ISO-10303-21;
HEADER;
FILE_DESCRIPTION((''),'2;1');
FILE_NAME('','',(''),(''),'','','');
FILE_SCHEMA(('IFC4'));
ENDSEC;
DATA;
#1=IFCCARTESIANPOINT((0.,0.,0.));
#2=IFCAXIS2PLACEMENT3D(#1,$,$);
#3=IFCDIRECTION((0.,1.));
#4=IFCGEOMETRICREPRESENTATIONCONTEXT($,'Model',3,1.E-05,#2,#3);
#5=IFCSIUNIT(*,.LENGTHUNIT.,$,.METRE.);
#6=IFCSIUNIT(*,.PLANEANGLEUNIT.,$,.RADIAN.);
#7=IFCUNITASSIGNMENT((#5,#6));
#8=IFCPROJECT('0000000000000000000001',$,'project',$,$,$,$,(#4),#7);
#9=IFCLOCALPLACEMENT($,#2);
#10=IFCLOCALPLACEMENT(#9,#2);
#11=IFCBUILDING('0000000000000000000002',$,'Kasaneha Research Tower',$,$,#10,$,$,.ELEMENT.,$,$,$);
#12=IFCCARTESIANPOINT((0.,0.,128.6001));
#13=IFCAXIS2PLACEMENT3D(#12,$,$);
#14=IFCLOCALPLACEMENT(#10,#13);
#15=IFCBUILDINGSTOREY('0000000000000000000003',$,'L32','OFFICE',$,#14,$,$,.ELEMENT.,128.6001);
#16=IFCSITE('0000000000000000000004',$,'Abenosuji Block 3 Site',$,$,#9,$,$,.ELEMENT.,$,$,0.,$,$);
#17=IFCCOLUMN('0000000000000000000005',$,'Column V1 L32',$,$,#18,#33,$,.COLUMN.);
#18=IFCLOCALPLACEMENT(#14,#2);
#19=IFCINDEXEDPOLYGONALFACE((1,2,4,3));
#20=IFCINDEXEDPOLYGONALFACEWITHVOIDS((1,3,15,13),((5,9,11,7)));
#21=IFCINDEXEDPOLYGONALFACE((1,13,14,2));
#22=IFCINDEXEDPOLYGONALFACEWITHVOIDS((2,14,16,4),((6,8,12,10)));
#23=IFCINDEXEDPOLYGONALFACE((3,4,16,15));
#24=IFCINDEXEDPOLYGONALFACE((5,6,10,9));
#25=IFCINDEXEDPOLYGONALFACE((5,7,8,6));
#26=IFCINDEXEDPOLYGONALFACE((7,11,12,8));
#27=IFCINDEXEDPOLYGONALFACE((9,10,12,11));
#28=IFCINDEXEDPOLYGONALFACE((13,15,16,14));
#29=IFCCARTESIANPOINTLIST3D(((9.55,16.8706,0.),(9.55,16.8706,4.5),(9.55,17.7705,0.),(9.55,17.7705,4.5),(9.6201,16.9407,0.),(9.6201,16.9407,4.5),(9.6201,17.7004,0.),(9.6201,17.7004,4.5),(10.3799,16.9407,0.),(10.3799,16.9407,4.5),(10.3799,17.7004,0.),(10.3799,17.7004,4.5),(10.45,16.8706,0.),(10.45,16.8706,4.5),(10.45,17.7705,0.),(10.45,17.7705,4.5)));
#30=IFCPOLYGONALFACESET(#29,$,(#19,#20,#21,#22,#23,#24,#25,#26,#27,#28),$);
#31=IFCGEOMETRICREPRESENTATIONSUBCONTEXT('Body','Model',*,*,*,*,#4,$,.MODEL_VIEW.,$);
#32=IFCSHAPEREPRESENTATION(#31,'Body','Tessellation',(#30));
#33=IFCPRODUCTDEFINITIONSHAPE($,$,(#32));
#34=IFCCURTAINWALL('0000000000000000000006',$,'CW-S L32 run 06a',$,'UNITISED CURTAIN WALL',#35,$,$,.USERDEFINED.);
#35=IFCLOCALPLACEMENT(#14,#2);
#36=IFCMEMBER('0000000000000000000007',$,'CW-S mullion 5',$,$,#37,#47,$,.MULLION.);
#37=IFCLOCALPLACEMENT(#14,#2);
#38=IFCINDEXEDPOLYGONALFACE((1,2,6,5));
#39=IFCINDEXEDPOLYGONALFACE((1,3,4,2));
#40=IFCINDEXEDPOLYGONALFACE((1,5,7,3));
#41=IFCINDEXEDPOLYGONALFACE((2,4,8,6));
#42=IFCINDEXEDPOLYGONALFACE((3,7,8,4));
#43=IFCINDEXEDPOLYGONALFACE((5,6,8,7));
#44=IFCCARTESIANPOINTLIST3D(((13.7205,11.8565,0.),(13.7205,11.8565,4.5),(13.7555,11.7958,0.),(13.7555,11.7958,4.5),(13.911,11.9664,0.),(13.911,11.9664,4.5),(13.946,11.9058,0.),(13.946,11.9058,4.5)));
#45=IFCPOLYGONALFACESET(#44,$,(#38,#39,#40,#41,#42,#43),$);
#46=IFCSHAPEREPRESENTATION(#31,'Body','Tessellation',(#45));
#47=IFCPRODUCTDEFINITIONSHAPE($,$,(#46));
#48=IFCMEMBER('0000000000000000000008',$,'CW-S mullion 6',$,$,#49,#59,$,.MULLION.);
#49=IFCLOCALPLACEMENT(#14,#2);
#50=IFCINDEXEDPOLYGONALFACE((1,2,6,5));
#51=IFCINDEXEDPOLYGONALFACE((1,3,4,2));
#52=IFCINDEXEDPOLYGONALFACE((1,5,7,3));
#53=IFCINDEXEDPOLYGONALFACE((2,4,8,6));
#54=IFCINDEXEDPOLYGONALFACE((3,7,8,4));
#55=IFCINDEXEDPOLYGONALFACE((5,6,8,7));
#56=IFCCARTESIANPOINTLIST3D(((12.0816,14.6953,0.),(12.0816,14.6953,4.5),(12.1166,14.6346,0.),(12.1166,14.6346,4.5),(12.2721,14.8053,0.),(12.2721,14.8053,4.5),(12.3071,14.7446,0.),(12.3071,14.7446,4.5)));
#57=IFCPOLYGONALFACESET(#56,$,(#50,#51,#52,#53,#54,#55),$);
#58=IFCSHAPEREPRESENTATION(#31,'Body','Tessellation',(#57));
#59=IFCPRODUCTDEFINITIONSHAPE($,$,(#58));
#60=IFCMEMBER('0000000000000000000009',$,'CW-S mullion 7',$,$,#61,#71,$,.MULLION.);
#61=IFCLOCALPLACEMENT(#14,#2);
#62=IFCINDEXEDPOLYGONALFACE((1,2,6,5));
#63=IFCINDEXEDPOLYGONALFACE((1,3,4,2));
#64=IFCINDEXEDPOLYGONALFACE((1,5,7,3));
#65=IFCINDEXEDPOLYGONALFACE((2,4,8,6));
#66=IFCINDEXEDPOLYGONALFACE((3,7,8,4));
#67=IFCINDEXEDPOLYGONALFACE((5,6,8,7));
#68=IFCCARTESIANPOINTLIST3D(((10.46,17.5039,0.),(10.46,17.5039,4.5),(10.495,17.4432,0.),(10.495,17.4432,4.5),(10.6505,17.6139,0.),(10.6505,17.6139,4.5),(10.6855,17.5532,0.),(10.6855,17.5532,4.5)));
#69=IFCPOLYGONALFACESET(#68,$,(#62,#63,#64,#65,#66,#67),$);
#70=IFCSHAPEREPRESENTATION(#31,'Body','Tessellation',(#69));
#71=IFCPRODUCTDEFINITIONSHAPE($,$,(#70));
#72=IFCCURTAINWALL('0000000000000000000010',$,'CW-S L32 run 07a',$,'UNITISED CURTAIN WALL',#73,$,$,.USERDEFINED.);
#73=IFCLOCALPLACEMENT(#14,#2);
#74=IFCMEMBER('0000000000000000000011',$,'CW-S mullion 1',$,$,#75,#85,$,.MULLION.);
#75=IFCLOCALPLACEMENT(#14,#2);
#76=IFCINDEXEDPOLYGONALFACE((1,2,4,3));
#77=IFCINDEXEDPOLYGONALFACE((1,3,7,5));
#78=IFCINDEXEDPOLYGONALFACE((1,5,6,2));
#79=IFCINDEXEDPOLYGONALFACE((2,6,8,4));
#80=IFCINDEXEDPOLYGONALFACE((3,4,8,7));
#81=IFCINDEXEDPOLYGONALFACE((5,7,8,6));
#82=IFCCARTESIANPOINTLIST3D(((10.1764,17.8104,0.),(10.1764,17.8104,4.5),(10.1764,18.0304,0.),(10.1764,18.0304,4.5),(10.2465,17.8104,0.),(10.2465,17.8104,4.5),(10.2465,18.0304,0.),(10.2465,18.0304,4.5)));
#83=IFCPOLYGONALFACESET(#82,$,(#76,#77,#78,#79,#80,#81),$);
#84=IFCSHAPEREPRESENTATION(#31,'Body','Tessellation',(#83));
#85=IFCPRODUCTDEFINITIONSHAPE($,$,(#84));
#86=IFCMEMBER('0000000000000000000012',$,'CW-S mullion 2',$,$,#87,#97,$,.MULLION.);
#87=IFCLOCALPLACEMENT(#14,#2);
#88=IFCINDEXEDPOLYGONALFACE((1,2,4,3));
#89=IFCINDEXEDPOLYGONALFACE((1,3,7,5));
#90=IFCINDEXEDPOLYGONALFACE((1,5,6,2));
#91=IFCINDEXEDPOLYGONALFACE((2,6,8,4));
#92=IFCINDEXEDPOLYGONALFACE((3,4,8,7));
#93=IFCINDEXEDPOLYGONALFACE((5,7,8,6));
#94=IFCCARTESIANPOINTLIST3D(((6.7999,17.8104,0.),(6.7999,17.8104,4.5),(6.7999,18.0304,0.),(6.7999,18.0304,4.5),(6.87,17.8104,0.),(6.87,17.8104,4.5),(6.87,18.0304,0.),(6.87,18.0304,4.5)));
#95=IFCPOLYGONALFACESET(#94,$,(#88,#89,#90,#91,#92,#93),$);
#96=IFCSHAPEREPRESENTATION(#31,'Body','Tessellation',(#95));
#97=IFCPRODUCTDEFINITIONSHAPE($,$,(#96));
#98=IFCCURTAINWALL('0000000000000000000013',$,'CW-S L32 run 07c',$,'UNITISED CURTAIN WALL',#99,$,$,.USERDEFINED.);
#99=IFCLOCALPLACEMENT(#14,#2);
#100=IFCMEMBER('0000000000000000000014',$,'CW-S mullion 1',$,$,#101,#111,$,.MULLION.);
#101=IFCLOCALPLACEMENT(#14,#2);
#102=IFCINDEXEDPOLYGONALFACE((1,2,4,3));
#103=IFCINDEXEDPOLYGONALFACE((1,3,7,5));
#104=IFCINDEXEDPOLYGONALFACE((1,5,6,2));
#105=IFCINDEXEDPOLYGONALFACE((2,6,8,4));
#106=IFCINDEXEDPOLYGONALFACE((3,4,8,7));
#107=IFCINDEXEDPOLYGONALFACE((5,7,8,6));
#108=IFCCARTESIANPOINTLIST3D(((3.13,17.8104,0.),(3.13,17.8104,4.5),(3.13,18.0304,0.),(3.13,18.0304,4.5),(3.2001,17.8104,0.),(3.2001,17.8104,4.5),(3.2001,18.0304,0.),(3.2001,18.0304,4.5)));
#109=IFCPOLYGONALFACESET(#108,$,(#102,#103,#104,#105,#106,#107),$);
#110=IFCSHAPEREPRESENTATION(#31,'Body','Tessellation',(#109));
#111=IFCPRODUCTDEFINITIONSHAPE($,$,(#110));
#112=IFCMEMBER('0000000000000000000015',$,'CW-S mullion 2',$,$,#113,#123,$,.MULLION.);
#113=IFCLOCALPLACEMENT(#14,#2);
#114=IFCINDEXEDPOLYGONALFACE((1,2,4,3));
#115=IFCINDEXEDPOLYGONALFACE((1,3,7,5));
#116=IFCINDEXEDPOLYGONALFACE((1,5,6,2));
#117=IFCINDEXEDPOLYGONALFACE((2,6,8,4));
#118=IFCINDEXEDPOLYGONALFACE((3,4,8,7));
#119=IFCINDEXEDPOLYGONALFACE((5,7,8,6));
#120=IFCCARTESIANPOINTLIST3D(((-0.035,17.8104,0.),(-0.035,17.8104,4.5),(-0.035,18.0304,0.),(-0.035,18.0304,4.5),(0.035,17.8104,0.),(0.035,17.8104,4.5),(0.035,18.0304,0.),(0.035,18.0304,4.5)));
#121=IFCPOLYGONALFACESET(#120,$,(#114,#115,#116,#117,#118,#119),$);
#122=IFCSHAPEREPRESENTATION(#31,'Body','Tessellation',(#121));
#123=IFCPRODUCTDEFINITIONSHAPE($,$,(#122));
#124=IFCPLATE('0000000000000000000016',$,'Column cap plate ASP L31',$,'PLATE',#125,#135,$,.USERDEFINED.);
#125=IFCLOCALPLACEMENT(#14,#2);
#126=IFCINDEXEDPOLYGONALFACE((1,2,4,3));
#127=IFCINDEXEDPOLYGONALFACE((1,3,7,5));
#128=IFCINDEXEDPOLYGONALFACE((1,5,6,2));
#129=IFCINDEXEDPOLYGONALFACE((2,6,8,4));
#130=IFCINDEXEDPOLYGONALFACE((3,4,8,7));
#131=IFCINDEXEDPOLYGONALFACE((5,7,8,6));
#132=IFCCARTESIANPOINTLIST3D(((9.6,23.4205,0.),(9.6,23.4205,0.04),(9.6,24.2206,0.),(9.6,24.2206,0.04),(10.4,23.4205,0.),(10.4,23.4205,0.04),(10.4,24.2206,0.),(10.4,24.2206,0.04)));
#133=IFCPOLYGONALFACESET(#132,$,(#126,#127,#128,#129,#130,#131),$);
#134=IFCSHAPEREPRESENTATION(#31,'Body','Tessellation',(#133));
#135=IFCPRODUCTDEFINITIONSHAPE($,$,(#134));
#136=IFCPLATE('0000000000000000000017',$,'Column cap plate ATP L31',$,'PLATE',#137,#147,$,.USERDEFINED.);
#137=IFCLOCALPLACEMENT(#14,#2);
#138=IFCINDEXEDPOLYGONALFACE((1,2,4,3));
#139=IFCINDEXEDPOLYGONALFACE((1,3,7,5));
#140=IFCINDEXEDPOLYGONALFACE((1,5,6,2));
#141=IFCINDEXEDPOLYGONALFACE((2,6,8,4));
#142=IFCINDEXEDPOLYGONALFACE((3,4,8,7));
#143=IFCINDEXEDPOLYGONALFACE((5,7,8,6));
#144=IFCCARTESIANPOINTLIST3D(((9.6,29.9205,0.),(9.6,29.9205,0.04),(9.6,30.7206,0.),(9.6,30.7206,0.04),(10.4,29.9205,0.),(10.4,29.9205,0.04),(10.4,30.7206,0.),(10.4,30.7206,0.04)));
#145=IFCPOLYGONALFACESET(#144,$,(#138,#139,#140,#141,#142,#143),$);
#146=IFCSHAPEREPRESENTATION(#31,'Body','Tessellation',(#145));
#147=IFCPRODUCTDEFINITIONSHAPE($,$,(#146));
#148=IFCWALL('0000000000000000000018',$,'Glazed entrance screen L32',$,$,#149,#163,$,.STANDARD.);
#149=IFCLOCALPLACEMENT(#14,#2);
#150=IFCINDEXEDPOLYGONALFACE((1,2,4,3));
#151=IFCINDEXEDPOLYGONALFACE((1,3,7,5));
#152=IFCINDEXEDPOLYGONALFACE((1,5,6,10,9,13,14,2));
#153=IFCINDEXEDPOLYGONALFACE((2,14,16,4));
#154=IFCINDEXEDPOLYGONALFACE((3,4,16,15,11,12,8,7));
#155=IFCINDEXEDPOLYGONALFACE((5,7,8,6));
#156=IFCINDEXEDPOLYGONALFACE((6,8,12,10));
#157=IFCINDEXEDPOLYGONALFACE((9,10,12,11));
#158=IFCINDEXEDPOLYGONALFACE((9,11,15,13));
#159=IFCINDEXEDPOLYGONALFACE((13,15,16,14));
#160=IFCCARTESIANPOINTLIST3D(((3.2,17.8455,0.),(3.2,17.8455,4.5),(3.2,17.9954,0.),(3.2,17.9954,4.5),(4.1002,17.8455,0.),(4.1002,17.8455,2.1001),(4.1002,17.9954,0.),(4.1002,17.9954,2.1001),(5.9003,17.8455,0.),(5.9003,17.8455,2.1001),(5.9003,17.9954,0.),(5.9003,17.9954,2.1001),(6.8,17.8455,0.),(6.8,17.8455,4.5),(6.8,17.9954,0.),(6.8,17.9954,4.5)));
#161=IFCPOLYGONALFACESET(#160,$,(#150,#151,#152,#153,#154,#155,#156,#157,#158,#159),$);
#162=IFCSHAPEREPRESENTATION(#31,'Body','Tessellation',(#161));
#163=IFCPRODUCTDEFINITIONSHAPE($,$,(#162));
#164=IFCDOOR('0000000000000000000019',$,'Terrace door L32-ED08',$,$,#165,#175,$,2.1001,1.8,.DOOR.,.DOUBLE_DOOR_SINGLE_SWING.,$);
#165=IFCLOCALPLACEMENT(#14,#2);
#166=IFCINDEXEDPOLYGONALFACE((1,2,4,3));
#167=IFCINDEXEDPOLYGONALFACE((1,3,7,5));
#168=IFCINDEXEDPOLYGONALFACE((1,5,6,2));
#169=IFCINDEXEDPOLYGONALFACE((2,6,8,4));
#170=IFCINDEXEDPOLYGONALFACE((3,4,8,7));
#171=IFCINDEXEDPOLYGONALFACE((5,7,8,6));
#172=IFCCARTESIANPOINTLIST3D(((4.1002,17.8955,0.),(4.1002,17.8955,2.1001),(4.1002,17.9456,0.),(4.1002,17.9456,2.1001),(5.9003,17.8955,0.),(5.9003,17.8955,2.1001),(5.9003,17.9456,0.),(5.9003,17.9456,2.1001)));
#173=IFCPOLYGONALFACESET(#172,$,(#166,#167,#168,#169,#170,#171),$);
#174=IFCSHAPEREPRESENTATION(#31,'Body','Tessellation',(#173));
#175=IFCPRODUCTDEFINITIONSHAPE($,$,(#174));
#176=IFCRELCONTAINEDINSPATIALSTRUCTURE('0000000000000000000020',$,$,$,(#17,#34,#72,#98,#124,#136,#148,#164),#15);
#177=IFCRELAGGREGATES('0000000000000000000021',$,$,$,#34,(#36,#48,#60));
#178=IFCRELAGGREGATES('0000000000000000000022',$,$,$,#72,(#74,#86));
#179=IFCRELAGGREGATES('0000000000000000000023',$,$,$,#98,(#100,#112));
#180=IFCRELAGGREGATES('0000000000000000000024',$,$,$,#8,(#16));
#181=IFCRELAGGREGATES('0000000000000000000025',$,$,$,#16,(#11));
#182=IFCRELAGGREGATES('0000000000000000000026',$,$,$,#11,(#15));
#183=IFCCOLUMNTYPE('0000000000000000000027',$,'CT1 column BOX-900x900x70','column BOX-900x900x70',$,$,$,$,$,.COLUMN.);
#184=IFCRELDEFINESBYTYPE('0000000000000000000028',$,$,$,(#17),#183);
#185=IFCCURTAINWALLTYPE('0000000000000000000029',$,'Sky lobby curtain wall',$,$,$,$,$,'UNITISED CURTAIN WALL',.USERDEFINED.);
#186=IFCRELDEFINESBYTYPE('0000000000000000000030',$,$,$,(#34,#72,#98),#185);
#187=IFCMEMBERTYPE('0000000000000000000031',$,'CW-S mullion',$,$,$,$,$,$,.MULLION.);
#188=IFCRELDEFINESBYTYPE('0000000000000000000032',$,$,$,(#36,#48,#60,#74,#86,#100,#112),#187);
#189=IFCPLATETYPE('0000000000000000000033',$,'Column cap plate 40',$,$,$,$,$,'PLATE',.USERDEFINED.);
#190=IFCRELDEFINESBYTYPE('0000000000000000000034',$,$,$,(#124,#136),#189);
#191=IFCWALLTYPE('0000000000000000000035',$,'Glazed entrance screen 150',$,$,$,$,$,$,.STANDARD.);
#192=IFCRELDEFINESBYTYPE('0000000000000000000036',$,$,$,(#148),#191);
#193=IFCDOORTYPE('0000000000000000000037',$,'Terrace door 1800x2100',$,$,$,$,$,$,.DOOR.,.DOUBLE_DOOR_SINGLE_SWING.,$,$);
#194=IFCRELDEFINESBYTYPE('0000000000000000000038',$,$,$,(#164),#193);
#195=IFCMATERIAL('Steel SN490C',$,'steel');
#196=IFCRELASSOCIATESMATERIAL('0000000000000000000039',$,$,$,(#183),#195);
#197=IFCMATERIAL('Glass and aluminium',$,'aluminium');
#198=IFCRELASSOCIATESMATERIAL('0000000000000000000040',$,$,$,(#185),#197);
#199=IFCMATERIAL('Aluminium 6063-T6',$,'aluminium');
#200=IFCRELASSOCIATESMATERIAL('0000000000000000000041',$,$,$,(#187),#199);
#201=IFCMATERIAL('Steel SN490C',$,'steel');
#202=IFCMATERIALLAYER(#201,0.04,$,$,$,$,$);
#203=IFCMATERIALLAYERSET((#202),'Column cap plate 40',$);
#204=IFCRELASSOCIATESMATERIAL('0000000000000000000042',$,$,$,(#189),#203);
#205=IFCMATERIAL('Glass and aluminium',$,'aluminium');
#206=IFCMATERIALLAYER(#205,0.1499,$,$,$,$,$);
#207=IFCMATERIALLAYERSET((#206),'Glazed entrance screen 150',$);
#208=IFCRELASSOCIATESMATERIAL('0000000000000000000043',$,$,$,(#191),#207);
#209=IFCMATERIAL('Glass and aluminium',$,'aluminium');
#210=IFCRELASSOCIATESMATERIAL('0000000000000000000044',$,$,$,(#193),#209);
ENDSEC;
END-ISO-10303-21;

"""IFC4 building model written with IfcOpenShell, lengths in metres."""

from ifc_helpers import new_model, si_unit, direction, frame, frame_2d, origin, origin_2d, place, context, subcontext, project, spatial, rectangle, hollow_rectangle, extrude, material, layer, layer_set, material_profile, profile_set, type_object, element, fill, aggregate, save


model = new_model("IFC4")

# Units and contexts
model_context = context("Model", 3, precision=1e-05, world=origin(), true_north=direction((0.0, 1.0)))
body_context = subcontext(model_context, "Body", "Model", "MODEL_VIEW")
ifc_project = project(units=[si_unit("LENGTHUNIT", "METRE"), si_unit("PLANEANGLEUNIT", "RADIAN")], contexts=[model_context])

# Site, building, storey
site_placement = place(None, origin())
site = spatial("IfcSite", under=ifc_project, at=site_placement, Name="Abenosuji Block 3 Site", CompositionType="ELEMENT", RefElevation=0.0)
building_placement = place(site_placement, origin())
building = spatial("IfcBuilding", under=site, at=building_placement, Name="Kasaneha Research Tower", CompositionType="ELEMENT")
storey_placement = place(building_placement, frame((0.0, 0.0, 128.6001)))
storey = spatial("IfcBuildingStorey", under=building, at=storey_placement, Name="L32", Description="OFFICE", CompositionType="ELEMENT", Elevation=128.6001)

# Column
ifc_material_1 = material(Name="Steel SN490C", Category="steel")
ifc_material_profile_1 = material_profile(ifc_material_1, hollow_rectangle(XDim=0.8999, YDim=0.8999, WallThickness=0.0701, at=origin_2d()), Name="BOX-900x900x70")
ifc_profile_set_1 = profile_set([ifc_material_profile_1], Name="Steel SN490C")
column_type = type_object("IfcColumnType", Name="CT1 column BOX-900x900x70", Description="column BOX-900x900x70", PredefinedType="COLUMN", material=ifc_profile_set_1)
column_placement = place(storey_placement, frame((10.0, 17.3206, 0.0), z_axis=(0.0, 0.0, 1.0), x_axis=(1.0, 0.0, 0.0)))
element("IfcColumn", 1, at=column_placement, inside=storey, type_object=column_type, Name="Column V1 L32", PredefinedType="COLUMN", context=body_context, shape_type="SweptSolid", body=[
    extrude(hollow_rectangle(XDim=0.8999, YDim=0.8999, WallThickness=0.0701, at=origin_2d()), origin(), (0.0, 0.0, 1.0), 4.5),
])

# Curtain walls, members
ifc_material_2 = material(Name="Glass and aluminium", Category="aluminium")
curtain_wall_type = type_object("IfcCurtainWallType", Name="Sky lobby curtain wall", ElementType="UNITISED CURTAIN WALL", PredefinedType="USERDEFINED", material=ifc_material_2)
curtain_wall_1_placement = place(storey_placement, origin())
curtain_wall_1 = element("IfcCurtainWall", 2, at=curtain_wall_1_placement, inside=storey, type_object=curtain_wall_type, Name="CW-S L32 run 06a", ObjectType="UNITISED CURTAIN WALL", PredefinedType="USERDEFINED")
ifc_material_3 = material(Name="Aluminium 6063-T6", Category="aluminium")
ifc_material_profile_2 = material_profile(ifc_material_3, rectangle(XDim=0.0701, YDim=0.22, at=origin_2d()), Name="CW-S mullion 70x220")
ifc_profile_set_2 = profile_set([ifc_material_profile_2], Name="Aluminium 6063-T6")
member_type = type_object("IfcMemberType", Name="CW-S mullion", PredefinedType="MULLION", material=ifc_profile_set_2)
member_1_placement = place(storey_placement, frame((13.8333, 11.8811, 0.0), z_axis=(0.0, 0.0, 1.0), x_axis=(-0.5, 0.866025, 0.0)))
member_1 = element("IfcMember", 3, at=member_1_placement, type_object=member_type, Name="CW-S mullion 5", PredefinedType="MULLION", context=body_context, shape_type="SweptSolid", body=[
    extrude(rectangle(XDim=0.0701, YDim=0.22, at=origin_2d()), origin(), (0.0, 0.0, 1.0), 4.5),
])
member_2_placement = place(storey_placement, frame((12.1943, 14.72, 0.0), z_axis=(0.0, 0.0, 1.0), x_axis=(-0.5, 0.866025, 0.0)))
member_2 = element("IfcMember", 4, at=member_2_placement, type_object=member_type, Name="CW-S mullion 6", PredefinedType="MULLION", context=body_context, shape_type="SweptSolid", body=[
    extrude(rectangle(XDim=0.0701, YDim=0.22, at=origin_2d()), origin(), (0.0, 0.0, 1.0), 4.5),
])
member_3_placement = place(storey_placement, frame((10.5728, 17.5286, 0.0), z_axis=(0.0, 0.0, 1.0), x_axis=(-0.5, 0.866025, 0.0)))
member_3 = element("IfcMember", 5, at=member_3_placement, type_object=member_type, Name="CW-S mullion 7", PredefinedType="MULLION", context=body_context, shape_type="SweptSolid", body=[
    extrude(rectangle(XDim=0.0701, YDim=0.22, at=origin_2d()), origin(), (0.0, 0.0, 1.0), 4.5),
])
aggregate(curtain_wall_1, [member_1, member_2, member_3])
curtain_wall_2_placement = place(storey_placement, origin())
curtain_wall_2 = element("IfcCurtainWall", 6, at=curtain_wall_2_placement, inside=storey, type_object=curtain_wall_type, Name="CW-S L32 run 07a", ObjectType="UNITISED CURTAIN WALL", PredefinedType="USERDEFINED")
member_4_placement = place(storey_placement, frame((10.2114, 17.9204, 0.0), z_axis=(0.0, 0.0, 1.0), x_axis=(-1.0, 0.0, 0.0)))
member_4 = element("IfcMember", 7, at=member_4_placement, type_object=member_type, Name="CW-S mullion 1", PredefinedType="MULLION", context=body_context, shape_type="SweptSolid", body=[
    extrude(rectangle(XDim=0.0701, YDim=0.22, at=origin_2d()), origin(), (0.0, 0.0, 1.0), 4.5),
])
member_5_placement = place(storey_placement, frame((6.835, 17.9204, 0.0), z_axis=(0.0, 0.0, 1.0), x_axis=(-1.0, 0.0, 0.0)))
member_5 = element("IfcMember", 8, at=member_5_placement, type_object=member_type, Name="CW-S mullion 2", PredefinedType="MULLION", context=body_context, shape_type="SweptSolid", body=[
    extrude(rectangle(XDim=0.0701, YDim=0.22, at=origin_2d()), origin(), (0.0, 0.0, 1.0), 4.5),
])
aggregate(curtain_wall_2, [member_4, member_5])
curtain_wall_3_placement = place(storey_placement, origin())
curtain_wall_3 = element("IfcCurtainWall", 9, at=curtain_wall_3_placement, inside=storey, type_object=curtain_wall_type, Name="CW-S L32 run 07c", ObjectType="UNITISED CURTAIN WALL", PredefinedType="USERDEFINED")
member_6_placement = place(storey_placement, frame((3.165, 17.9204, 0.0), z_axis=(0.0, 0.0, 1.0), x_axis=(-1.0, 0.0, 0.0)))
member_6 = element("IfcMember", 10, at=member_6_placement, type_object=member_type, Name="CW-S mullion 1", PredefinedType="MULLION", context=body_context, shape_type="SweptSolid", body=[
    extrude(rectangle(XDim=0.0701, YDim=0.22, at=origin_2d()), origin(), (0.0, 0.0, 1.0), 4.5),
])
member_7_placement = place(storey_placement, frame((0.0, 17.9204, 0.0), z_axis=(0.0, 0.0, 1.0), x_axis=(-1.0, 0.0, 0.0)))
member_7 = element("IfcMember", 11, at=member_7_placement, type_object=member_type, Name="CW-S mullion 2", PredefinedType="MULLION", context=body_context, shape_type="SweptSolid", body=[
    extrude(rectangle(XDim=0.0701, YDim=0.22, at=origin_2d()), origin(), (0.0, 0.0, 1.0), 4.5),
])
aggregate(curtain_wall_3, [member_6, member_7])

# Plates
ifc_material_4 = material(Name="Steel SN490C", Category="steel")
ifc_layer_1 = layer(ifc_material_4, 0.04)
ifc_layer_set_1 = layer_set([ifc_layer_1], Name="Column cap plate 40")
plate_type = type_object("IfcPlateType", Name="Column cap plate 40", ElementType="PLATE", PredefinedType="USERDEFINED", material=ifc_layer_set_1)
for number, where, z_axis, x_axis, name in (
    (12, (10.0, 23.8206, 0.0), (0.0, 0.0, 1.0), (1.0, 0.0, 0.0), "Column cap plate ASP L31"),
    (13, (10.0, 30.3206, 0.0), (0.0, 0.0, 1.0), (1.0, 0.0, 0.0), "Column cap plate ATP L31"),
):
    element("IfcPlate", number, at=place(storey_placement, frame(where, z_axis=z_axis, x_axis=x_axis)), inside=storey, type_object=plate_type, Name=name, ObjectType="PLATE", PredefinedType="USERDEFINED", context=body_context, shape_type="SweptSolid", body=[
        extrude(rectangle(XDim=0.8, YDim=0.8, at=origin_2d()), origin(), (0.0, 0.0, 1.0), 0.04),
    ])

# Wall, opening, door
ifc_material_5 = material(Name="Glass and aluminium", Category="aluminium")
ifc_layer_2 = layer(ifc_material_5, 0.1499)
ifc_layer_set_2 = layer_set([ifc_layer_2], Name="Glazed entrance screen 150")
wall_type = type_object("IfcWallType", Name="Glazed entrance screen 150", PredefinedType="STANDARD", material=ifc_layer_set_2)
wall_placement = place(storey_placement, frame((6.8, 17.9204, 0.0), z_axis=(0.0, 0.0, 1.0), x_axis=(-1.0, 0.0, 0.0)))
wall = element("IfcWall", 14, at=wall_placement, inside=storey, type_object=wall_type, Name="Glazed entrance screen L32", PredefinedType="STANDARD", context=body_context, shape_type="SweptSolid", body=[
    extrude(rectangle(XDim=3.6001, YDim=0.1499, at=frame_2d((1.8, 0.0))), origin(), (0.0, 0.0, 1.0), 4.5),
])
opening_placement = place(wall_placement, frame((0.8999, 0.0, 0.0)))
opening = element("IfcOpeningElement", 15, at=opening_placement, cuts=wall, PredefinedType="OPENING", context=body_context, shape_type="SweptSolid", body=[
    extrude(rectangle(XDim=1.8, YDim=2.1001, at=frame_2d((0.8999, 1.05))), frame((0.0, 0.085, 0.0), z_axis=(0.0, -1.0, 0.0), x_axis=(1.0, 0.0, 0.0)), (0.0, 0.0, 1.0), 0.1699),
])
ifc_material_6 = material(Name="Glass and aluminium", Category="aluminium")
door_type = type_object("IfcDoorType", Name="Terrace door 1800x2100", OperationType="DOUBLE_DOOR_SINGLE_SWING", PredefinedType="DOOR", material=ifc_material_6)
door_placement = place(opening_placement, origin())
door = element("IfcDoor", 16, at=door_placement, inside=storey, type_object=door_type, Name="Terrace door L32-ED08", OperationType="DOUBLE_DOOR_SINGLE_SWING", OverallHeight=2.1001, OverallWidth=1.8, PredefinedType="DOOR", context=body_context, shape_type="SweptSolid", body=[
    extrude(rectangle(XDim=1.8, YDim=2.1001, at=frame_2d((0.8999, 1.05))), frame((0.0, 0.0249, 0.0), z_axis=(0.0, -1.0, 0.0), x_axis=(1.0, 0.0, 0.0)), (0.0, 0.0, 1.0), 0.05),
])
fill(opening, door)

save(model, "model.ifc")
